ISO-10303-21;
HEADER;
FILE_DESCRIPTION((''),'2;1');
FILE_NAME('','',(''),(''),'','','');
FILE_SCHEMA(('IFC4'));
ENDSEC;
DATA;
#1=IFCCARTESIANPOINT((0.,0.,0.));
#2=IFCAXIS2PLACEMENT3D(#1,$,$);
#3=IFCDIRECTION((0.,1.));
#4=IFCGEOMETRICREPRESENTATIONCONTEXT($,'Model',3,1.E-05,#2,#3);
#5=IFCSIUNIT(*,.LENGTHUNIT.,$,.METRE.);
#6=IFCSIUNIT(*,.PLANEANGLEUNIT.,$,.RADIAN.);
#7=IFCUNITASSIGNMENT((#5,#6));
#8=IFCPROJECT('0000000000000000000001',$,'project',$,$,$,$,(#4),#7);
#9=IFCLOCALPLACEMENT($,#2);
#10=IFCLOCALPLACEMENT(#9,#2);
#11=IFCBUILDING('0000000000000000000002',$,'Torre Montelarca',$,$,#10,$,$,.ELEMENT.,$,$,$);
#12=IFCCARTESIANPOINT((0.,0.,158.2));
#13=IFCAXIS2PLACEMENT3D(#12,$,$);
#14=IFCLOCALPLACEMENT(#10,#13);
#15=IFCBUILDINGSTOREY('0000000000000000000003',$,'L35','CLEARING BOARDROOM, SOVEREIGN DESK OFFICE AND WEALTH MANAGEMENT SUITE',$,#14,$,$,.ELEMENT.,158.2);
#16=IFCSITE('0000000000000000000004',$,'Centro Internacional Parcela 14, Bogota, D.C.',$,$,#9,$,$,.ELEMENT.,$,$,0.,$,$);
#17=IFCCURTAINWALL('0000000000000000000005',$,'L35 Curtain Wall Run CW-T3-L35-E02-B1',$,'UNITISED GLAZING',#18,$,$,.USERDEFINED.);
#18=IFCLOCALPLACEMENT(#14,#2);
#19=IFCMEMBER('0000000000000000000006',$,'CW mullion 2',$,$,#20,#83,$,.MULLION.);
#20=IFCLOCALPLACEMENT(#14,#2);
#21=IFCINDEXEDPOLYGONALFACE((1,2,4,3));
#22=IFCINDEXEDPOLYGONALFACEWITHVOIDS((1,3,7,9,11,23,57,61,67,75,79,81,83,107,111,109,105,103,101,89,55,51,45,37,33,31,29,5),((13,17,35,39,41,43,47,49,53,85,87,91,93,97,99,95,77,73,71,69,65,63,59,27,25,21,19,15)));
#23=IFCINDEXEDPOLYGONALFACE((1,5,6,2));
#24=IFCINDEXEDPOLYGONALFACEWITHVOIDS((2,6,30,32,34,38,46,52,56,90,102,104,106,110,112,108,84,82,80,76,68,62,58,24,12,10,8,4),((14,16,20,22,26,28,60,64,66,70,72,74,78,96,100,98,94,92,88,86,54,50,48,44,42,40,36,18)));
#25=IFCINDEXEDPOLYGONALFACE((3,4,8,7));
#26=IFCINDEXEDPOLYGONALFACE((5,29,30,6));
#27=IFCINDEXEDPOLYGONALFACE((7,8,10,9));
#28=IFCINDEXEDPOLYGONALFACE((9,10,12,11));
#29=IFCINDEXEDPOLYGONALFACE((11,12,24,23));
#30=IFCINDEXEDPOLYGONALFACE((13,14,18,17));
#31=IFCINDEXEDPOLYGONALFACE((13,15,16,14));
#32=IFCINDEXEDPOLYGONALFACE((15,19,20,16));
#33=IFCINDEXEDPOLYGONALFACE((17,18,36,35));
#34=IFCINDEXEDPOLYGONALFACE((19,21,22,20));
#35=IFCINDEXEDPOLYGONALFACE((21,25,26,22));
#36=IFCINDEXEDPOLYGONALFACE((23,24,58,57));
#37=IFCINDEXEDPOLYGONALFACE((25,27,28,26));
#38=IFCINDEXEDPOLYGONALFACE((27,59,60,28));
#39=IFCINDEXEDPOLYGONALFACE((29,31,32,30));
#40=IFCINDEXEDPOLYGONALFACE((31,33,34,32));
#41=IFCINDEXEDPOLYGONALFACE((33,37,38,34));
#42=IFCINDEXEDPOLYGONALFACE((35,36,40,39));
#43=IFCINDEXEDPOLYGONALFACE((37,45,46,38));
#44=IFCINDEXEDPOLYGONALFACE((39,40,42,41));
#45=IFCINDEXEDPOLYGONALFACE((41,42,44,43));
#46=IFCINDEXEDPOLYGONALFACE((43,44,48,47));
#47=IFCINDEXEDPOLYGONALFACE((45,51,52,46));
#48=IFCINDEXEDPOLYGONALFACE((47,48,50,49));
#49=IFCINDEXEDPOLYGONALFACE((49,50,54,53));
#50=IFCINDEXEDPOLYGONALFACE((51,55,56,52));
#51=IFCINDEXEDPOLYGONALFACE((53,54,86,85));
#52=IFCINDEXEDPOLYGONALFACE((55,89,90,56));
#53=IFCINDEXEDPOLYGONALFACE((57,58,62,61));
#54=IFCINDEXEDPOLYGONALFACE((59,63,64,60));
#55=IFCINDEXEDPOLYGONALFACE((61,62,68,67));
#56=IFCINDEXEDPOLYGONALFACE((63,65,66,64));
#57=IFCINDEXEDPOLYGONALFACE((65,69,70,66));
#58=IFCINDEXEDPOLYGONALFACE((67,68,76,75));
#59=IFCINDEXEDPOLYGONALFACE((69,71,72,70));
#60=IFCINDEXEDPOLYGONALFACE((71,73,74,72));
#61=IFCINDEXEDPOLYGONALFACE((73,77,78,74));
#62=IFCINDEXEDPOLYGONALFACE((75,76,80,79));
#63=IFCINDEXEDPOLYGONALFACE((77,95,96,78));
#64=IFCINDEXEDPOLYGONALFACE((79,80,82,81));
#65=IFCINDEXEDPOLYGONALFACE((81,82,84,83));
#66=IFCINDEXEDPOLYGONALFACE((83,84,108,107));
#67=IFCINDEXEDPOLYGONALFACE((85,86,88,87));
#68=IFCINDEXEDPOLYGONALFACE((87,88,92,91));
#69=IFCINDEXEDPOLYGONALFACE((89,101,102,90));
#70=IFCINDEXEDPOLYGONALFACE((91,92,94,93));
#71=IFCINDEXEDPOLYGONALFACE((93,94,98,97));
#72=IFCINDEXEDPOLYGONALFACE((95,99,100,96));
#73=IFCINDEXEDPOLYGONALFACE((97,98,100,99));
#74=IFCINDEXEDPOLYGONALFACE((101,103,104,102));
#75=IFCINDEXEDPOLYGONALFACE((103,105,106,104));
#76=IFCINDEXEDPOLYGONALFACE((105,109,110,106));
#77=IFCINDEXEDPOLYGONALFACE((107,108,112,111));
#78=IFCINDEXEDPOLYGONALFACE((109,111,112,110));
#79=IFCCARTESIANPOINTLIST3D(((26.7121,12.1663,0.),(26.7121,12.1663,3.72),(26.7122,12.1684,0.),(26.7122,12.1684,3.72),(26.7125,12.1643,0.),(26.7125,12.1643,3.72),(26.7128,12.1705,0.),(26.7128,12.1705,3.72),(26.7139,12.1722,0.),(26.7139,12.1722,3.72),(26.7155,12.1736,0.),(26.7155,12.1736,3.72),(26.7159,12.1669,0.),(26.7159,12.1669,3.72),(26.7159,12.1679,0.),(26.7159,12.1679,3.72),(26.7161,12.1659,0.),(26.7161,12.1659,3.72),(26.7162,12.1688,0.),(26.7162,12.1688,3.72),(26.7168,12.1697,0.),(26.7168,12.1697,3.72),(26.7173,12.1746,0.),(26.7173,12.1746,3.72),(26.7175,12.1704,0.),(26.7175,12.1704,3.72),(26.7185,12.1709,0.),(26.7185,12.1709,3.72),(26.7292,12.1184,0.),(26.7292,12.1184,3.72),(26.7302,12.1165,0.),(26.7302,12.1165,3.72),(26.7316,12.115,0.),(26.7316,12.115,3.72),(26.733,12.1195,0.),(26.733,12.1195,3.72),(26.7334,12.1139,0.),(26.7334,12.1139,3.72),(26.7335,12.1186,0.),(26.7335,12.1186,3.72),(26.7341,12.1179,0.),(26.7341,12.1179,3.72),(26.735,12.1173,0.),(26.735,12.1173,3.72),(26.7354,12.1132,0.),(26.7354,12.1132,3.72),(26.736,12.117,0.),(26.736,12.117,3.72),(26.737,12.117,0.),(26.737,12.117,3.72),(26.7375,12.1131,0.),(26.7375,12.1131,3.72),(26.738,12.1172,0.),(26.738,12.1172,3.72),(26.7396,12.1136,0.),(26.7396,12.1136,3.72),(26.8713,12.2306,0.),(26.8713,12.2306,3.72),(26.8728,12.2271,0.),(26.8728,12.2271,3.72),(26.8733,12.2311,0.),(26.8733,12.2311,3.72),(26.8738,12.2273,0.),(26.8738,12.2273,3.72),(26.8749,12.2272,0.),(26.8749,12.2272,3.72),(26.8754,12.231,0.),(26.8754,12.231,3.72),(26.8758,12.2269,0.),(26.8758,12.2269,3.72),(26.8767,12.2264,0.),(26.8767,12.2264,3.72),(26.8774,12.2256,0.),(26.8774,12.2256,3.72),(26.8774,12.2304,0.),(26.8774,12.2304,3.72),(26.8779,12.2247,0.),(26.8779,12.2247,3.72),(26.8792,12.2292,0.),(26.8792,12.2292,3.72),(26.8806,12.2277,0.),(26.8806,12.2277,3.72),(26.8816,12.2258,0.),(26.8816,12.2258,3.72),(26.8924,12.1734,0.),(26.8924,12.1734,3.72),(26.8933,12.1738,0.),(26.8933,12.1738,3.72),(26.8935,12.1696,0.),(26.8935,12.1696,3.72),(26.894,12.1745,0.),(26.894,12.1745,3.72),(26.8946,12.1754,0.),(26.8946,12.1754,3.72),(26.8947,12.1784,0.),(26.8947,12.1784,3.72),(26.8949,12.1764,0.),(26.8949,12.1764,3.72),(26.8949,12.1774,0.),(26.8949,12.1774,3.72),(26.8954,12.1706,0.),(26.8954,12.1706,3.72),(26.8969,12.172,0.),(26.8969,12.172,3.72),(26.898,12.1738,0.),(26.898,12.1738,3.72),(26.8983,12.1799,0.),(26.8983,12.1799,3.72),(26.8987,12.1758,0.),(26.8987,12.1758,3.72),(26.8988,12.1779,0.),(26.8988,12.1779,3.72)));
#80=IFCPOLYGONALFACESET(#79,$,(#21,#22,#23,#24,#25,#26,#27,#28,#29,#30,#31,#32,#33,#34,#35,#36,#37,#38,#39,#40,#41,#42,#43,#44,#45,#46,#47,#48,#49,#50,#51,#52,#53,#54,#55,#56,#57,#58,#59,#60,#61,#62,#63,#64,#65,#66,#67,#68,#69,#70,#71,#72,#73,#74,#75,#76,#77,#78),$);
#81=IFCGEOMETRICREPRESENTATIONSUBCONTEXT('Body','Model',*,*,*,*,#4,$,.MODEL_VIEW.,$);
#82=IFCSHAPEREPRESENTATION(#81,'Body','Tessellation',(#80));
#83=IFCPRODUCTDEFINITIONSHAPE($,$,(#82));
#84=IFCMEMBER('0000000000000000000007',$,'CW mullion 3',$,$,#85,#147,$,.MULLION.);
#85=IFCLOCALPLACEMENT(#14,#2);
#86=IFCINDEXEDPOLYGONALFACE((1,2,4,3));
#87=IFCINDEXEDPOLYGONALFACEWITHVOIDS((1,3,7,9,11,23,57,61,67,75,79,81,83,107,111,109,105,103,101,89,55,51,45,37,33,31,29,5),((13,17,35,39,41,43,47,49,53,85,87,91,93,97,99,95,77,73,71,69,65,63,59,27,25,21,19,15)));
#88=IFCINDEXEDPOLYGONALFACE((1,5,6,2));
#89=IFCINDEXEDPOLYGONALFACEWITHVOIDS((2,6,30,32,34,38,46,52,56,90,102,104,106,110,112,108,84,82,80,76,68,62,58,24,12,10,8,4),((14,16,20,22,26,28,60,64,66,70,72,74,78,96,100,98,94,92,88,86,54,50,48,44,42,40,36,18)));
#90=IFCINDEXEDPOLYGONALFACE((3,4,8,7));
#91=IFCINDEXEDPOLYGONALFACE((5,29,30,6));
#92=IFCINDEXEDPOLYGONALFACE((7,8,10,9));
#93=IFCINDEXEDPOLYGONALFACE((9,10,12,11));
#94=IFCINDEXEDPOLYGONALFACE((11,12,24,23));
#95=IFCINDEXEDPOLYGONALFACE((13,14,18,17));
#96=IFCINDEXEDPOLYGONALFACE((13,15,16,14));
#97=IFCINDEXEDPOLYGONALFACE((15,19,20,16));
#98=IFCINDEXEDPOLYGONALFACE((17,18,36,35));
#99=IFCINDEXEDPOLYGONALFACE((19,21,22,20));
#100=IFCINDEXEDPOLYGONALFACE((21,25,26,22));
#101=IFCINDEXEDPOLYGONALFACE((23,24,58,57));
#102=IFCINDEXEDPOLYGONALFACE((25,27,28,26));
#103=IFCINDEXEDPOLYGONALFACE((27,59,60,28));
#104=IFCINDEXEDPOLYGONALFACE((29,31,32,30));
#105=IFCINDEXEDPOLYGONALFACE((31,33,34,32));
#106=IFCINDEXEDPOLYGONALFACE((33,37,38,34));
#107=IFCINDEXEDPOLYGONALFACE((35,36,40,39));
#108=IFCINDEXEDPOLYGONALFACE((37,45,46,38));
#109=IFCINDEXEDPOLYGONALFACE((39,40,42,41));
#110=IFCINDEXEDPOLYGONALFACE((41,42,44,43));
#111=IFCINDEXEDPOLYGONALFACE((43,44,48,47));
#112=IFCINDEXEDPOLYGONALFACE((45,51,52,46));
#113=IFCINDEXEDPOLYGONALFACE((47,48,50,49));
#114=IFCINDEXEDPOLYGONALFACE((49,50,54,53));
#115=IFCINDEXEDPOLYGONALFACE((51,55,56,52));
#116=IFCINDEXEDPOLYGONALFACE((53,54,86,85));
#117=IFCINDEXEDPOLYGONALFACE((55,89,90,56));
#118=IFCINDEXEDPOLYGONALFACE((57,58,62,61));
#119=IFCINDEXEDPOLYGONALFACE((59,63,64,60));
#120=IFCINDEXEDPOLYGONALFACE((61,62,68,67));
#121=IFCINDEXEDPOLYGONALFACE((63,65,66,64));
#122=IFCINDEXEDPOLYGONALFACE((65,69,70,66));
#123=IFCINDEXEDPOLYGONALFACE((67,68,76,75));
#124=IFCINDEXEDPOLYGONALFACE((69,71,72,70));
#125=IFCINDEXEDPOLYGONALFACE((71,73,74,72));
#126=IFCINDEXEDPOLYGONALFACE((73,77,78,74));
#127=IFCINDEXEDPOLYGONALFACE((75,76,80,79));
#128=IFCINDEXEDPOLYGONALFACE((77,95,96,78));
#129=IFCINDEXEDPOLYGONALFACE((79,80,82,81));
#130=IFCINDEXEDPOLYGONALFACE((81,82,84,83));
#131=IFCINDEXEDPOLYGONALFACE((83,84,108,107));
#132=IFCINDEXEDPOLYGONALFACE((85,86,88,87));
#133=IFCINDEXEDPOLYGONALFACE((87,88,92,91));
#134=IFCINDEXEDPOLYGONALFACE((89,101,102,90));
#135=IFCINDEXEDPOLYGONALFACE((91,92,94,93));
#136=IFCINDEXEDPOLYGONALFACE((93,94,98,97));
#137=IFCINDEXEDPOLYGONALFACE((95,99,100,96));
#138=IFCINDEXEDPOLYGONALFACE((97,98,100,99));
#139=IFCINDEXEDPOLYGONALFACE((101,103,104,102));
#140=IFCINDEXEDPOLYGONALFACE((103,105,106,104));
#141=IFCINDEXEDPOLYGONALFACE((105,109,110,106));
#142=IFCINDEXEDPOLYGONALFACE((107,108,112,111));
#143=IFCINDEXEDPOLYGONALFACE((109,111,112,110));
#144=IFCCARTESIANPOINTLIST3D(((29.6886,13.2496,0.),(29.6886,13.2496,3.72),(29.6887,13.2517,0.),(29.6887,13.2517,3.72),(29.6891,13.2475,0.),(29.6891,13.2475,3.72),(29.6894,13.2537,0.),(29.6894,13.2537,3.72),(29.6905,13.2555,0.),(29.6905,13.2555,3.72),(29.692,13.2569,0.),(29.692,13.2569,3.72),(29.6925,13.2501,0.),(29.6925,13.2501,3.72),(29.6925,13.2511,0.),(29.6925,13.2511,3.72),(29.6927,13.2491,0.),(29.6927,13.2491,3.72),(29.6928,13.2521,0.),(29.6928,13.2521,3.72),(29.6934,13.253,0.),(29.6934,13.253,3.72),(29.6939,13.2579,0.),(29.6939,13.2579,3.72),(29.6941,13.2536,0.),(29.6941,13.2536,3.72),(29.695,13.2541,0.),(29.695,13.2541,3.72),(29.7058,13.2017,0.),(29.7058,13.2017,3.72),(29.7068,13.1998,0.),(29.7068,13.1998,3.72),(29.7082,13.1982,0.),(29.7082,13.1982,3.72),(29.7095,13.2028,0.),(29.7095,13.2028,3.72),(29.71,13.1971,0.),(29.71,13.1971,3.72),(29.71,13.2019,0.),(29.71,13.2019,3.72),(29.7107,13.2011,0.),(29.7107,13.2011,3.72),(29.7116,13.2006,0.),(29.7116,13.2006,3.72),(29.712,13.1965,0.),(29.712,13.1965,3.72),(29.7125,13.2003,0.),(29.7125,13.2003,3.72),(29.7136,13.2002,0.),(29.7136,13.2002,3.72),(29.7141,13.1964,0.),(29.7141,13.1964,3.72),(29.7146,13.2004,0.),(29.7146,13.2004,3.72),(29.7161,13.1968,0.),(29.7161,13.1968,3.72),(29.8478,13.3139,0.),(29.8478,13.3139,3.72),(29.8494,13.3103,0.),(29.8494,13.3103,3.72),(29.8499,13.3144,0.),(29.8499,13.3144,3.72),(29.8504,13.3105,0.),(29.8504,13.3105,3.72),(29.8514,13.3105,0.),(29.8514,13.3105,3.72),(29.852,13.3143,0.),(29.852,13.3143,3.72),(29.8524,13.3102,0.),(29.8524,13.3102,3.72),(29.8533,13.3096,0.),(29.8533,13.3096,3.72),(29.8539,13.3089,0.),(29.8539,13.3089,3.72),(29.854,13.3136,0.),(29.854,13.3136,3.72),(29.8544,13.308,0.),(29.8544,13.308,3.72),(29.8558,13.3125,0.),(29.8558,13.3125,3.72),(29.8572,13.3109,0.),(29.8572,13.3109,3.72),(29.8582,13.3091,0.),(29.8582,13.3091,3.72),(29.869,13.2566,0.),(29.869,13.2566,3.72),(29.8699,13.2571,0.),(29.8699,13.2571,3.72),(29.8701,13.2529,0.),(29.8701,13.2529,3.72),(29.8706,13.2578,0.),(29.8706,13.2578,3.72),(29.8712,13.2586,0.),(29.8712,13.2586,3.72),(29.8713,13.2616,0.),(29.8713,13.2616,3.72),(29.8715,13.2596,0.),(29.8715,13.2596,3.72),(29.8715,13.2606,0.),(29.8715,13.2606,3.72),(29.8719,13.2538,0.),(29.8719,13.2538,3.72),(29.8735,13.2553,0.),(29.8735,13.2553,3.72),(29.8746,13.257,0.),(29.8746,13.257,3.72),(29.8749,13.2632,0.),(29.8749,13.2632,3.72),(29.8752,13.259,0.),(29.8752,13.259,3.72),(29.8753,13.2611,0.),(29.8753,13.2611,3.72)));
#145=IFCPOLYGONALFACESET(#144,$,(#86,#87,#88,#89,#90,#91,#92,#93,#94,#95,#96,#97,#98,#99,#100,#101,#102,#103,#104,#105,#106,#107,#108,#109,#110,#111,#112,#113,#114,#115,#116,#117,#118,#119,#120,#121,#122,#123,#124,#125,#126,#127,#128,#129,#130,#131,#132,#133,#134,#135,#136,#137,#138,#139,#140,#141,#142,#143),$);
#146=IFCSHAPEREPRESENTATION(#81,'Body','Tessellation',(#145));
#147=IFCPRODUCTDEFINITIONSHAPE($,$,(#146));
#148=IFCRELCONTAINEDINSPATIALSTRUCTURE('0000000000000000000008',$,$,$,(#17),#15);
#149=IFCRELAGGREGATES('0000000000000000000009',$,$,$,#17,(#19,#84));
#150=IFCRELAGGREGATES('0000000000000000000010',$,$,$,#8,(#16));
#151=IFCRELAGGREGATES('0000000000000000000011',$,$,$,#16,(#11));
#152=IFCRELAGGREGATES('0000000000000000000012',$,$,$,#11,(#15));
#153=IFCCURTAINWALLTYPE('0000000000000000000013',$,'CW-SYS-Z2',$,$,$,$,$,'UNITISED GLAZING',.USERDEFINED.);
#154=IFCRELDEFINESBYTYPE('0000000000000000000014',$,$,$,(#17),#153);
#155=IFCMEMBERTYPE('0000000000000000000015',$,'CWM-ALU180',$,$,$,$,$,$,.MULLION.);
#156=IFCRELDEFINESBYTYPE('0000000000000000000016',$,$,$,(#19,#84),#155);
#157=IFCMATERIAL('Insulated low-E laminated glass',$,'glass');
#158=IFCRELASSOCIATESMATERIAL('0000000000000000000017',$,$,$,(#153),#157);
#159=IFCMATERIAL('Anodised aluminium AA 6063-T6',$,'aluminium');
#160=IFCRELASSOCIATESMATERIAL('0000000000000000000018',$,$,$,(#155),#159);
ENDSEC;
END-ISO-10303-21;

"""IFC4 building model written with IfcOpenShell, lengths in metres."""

from ifc_helpers import new_model, si_unit, direction, frame, origin, origin_2d, place, context, subcontext, project, spatial, hollow_rectangle, extrude, source, transform, mapped, material, material_profile, profile_set, type_object, element, aggregate, save


model = new_model("IFC4")

# Units and contexts
model_context = context("Model", 3, precision=1e-05, world=origin(), true_north=direction((0.0, 1.0)))
body_context = subcontext(model_context, "Body", "Model", "MODEL_VIEW")
ifc_project = project(units=[si_unit("LENGTHUNIT", "METRE"), si_unit("PLANEANGLEUNIT", "RADIAN")], contexts=[model_context])

# Site, building, storey
site_placement = place(None, origin())
site = spatial("IfcSite", under=ifc_project, at=site_placement, Name="Centro Internacional Parcela 14, Bogota, D.C.", CompositionType="ELEMENT", RefElevation=0.0)
building_placement = place(site_placement, origin())
building = spatial("IfcBuilding", under=site, at=building_placement, Name="Torre Montelarca", CompositionType="ELEMENT")
storey_placement = place(building_placement, frame((0.0, 0.0, 158.2)))
storey = spatial("IfcBuildingStorey", under=building, at=storey_placement, Name="L35", Description="CLEARING BOARDROOM, SOVEREIGN DESK OFFICE AND WEALTH MANAGEMENT SUITE", CompositionType="ELEMENT", Elevation=158.2)

# Curtain wall
ifc_material_1 = material(Name="Insulated low-E laminated glass", Category="glass")
curtain_wall_type = type_object("IfcCurtainWallType", Name="CW-SYS-Z2", ElementType="UNITISED GLAZING", PredefinedType="USERDEFINED", material=ifc_material_1)
curtain_wall_1_placement = place(storey_placement, origin())
curtain_wall_1 = element("IfcCurtainWall", 1, at=curtain_wall_1_placement, inside=storey, type_object=curtain_wall_type, Name="L35 Curtain Wall Run CW-T3-L35-E02-B1", ObjectType="UNITISED GLAZING", PredefinedType="USERDEFINED")
ifc_material_2 = material(Name="Anodised aluminium AA 6063-T6", Category="aluminium")

# Shared definitions
ifc_material_profile_1 = material_profile(ifc_material_2, hollow_rectangle(XDim=0.0649, YDim=0.1799, WallThickness=0.0039, InnerFilletRadius=0.0039, OuterFilletRadius=0.0081, at=origin_2d()), Name="ALU65X180X4", Category="aluminium")
ifc_profile_set_1 = profile_set([ifc_material_profile_1], Name="Anodised aluminium AA 6063-T6")
member_type_1 = type_object("IfcMemberType", Name="CWM-ALU180", PredefinedType="MULLION", material=ifc_profile_set_1)
shared_shape_1 = source(origin(), body_context, "Body", "SweptSolid", [
    extrude(hollow_rectangle(XDim=0.0649, YDim=0.1799, WallThickness=0.0039, InnerFilletRadius=0.0039, OuterFilletRadius=0.0081, at=origin_2d()), origin(), (0.0, 0.0, 1.0), 3.72),
])

# Members
member_1_placement = place(storey_placement, frame((26.8054, 12.1721, 0.0), z_axis=(0.0, 0.0, 1.0), x_axis=(-0.342018, 0.939693, 0.0)))
member_1 = element("IfcMember", 2, at=member_1_placement, type_object=member_type_1, Name="CW mullion 2", PredefinedType="MULLION", context=body_context, shape_type="MappedRepresentation", body=[
    mapped(shared_shape_1, transform((0.0, 0.0, 0.0), scale=1.0)),
])
member_2_placement = place(storey_placement, frame((29.782, 13.2554, 0.0), z_axis=(0.0, 0.0, 1.0), x_axis=(-0.342018, 0.939693, 0.0)))
member_2 = element("IfcMember", 3, at=member_2_placement, type_object=member_type_1, Name="CW mullion 3", PredefinedType="MULLION", context=body_context, shape_type="MappedRepresentation", body=[
    mapped(shared_shape_1, transform((0.0, 0.0, 0.0), scale=1.0)),
])

aggregate(curtain_wall_1, [member_1, member_2])

save(model, "model.ifc")
